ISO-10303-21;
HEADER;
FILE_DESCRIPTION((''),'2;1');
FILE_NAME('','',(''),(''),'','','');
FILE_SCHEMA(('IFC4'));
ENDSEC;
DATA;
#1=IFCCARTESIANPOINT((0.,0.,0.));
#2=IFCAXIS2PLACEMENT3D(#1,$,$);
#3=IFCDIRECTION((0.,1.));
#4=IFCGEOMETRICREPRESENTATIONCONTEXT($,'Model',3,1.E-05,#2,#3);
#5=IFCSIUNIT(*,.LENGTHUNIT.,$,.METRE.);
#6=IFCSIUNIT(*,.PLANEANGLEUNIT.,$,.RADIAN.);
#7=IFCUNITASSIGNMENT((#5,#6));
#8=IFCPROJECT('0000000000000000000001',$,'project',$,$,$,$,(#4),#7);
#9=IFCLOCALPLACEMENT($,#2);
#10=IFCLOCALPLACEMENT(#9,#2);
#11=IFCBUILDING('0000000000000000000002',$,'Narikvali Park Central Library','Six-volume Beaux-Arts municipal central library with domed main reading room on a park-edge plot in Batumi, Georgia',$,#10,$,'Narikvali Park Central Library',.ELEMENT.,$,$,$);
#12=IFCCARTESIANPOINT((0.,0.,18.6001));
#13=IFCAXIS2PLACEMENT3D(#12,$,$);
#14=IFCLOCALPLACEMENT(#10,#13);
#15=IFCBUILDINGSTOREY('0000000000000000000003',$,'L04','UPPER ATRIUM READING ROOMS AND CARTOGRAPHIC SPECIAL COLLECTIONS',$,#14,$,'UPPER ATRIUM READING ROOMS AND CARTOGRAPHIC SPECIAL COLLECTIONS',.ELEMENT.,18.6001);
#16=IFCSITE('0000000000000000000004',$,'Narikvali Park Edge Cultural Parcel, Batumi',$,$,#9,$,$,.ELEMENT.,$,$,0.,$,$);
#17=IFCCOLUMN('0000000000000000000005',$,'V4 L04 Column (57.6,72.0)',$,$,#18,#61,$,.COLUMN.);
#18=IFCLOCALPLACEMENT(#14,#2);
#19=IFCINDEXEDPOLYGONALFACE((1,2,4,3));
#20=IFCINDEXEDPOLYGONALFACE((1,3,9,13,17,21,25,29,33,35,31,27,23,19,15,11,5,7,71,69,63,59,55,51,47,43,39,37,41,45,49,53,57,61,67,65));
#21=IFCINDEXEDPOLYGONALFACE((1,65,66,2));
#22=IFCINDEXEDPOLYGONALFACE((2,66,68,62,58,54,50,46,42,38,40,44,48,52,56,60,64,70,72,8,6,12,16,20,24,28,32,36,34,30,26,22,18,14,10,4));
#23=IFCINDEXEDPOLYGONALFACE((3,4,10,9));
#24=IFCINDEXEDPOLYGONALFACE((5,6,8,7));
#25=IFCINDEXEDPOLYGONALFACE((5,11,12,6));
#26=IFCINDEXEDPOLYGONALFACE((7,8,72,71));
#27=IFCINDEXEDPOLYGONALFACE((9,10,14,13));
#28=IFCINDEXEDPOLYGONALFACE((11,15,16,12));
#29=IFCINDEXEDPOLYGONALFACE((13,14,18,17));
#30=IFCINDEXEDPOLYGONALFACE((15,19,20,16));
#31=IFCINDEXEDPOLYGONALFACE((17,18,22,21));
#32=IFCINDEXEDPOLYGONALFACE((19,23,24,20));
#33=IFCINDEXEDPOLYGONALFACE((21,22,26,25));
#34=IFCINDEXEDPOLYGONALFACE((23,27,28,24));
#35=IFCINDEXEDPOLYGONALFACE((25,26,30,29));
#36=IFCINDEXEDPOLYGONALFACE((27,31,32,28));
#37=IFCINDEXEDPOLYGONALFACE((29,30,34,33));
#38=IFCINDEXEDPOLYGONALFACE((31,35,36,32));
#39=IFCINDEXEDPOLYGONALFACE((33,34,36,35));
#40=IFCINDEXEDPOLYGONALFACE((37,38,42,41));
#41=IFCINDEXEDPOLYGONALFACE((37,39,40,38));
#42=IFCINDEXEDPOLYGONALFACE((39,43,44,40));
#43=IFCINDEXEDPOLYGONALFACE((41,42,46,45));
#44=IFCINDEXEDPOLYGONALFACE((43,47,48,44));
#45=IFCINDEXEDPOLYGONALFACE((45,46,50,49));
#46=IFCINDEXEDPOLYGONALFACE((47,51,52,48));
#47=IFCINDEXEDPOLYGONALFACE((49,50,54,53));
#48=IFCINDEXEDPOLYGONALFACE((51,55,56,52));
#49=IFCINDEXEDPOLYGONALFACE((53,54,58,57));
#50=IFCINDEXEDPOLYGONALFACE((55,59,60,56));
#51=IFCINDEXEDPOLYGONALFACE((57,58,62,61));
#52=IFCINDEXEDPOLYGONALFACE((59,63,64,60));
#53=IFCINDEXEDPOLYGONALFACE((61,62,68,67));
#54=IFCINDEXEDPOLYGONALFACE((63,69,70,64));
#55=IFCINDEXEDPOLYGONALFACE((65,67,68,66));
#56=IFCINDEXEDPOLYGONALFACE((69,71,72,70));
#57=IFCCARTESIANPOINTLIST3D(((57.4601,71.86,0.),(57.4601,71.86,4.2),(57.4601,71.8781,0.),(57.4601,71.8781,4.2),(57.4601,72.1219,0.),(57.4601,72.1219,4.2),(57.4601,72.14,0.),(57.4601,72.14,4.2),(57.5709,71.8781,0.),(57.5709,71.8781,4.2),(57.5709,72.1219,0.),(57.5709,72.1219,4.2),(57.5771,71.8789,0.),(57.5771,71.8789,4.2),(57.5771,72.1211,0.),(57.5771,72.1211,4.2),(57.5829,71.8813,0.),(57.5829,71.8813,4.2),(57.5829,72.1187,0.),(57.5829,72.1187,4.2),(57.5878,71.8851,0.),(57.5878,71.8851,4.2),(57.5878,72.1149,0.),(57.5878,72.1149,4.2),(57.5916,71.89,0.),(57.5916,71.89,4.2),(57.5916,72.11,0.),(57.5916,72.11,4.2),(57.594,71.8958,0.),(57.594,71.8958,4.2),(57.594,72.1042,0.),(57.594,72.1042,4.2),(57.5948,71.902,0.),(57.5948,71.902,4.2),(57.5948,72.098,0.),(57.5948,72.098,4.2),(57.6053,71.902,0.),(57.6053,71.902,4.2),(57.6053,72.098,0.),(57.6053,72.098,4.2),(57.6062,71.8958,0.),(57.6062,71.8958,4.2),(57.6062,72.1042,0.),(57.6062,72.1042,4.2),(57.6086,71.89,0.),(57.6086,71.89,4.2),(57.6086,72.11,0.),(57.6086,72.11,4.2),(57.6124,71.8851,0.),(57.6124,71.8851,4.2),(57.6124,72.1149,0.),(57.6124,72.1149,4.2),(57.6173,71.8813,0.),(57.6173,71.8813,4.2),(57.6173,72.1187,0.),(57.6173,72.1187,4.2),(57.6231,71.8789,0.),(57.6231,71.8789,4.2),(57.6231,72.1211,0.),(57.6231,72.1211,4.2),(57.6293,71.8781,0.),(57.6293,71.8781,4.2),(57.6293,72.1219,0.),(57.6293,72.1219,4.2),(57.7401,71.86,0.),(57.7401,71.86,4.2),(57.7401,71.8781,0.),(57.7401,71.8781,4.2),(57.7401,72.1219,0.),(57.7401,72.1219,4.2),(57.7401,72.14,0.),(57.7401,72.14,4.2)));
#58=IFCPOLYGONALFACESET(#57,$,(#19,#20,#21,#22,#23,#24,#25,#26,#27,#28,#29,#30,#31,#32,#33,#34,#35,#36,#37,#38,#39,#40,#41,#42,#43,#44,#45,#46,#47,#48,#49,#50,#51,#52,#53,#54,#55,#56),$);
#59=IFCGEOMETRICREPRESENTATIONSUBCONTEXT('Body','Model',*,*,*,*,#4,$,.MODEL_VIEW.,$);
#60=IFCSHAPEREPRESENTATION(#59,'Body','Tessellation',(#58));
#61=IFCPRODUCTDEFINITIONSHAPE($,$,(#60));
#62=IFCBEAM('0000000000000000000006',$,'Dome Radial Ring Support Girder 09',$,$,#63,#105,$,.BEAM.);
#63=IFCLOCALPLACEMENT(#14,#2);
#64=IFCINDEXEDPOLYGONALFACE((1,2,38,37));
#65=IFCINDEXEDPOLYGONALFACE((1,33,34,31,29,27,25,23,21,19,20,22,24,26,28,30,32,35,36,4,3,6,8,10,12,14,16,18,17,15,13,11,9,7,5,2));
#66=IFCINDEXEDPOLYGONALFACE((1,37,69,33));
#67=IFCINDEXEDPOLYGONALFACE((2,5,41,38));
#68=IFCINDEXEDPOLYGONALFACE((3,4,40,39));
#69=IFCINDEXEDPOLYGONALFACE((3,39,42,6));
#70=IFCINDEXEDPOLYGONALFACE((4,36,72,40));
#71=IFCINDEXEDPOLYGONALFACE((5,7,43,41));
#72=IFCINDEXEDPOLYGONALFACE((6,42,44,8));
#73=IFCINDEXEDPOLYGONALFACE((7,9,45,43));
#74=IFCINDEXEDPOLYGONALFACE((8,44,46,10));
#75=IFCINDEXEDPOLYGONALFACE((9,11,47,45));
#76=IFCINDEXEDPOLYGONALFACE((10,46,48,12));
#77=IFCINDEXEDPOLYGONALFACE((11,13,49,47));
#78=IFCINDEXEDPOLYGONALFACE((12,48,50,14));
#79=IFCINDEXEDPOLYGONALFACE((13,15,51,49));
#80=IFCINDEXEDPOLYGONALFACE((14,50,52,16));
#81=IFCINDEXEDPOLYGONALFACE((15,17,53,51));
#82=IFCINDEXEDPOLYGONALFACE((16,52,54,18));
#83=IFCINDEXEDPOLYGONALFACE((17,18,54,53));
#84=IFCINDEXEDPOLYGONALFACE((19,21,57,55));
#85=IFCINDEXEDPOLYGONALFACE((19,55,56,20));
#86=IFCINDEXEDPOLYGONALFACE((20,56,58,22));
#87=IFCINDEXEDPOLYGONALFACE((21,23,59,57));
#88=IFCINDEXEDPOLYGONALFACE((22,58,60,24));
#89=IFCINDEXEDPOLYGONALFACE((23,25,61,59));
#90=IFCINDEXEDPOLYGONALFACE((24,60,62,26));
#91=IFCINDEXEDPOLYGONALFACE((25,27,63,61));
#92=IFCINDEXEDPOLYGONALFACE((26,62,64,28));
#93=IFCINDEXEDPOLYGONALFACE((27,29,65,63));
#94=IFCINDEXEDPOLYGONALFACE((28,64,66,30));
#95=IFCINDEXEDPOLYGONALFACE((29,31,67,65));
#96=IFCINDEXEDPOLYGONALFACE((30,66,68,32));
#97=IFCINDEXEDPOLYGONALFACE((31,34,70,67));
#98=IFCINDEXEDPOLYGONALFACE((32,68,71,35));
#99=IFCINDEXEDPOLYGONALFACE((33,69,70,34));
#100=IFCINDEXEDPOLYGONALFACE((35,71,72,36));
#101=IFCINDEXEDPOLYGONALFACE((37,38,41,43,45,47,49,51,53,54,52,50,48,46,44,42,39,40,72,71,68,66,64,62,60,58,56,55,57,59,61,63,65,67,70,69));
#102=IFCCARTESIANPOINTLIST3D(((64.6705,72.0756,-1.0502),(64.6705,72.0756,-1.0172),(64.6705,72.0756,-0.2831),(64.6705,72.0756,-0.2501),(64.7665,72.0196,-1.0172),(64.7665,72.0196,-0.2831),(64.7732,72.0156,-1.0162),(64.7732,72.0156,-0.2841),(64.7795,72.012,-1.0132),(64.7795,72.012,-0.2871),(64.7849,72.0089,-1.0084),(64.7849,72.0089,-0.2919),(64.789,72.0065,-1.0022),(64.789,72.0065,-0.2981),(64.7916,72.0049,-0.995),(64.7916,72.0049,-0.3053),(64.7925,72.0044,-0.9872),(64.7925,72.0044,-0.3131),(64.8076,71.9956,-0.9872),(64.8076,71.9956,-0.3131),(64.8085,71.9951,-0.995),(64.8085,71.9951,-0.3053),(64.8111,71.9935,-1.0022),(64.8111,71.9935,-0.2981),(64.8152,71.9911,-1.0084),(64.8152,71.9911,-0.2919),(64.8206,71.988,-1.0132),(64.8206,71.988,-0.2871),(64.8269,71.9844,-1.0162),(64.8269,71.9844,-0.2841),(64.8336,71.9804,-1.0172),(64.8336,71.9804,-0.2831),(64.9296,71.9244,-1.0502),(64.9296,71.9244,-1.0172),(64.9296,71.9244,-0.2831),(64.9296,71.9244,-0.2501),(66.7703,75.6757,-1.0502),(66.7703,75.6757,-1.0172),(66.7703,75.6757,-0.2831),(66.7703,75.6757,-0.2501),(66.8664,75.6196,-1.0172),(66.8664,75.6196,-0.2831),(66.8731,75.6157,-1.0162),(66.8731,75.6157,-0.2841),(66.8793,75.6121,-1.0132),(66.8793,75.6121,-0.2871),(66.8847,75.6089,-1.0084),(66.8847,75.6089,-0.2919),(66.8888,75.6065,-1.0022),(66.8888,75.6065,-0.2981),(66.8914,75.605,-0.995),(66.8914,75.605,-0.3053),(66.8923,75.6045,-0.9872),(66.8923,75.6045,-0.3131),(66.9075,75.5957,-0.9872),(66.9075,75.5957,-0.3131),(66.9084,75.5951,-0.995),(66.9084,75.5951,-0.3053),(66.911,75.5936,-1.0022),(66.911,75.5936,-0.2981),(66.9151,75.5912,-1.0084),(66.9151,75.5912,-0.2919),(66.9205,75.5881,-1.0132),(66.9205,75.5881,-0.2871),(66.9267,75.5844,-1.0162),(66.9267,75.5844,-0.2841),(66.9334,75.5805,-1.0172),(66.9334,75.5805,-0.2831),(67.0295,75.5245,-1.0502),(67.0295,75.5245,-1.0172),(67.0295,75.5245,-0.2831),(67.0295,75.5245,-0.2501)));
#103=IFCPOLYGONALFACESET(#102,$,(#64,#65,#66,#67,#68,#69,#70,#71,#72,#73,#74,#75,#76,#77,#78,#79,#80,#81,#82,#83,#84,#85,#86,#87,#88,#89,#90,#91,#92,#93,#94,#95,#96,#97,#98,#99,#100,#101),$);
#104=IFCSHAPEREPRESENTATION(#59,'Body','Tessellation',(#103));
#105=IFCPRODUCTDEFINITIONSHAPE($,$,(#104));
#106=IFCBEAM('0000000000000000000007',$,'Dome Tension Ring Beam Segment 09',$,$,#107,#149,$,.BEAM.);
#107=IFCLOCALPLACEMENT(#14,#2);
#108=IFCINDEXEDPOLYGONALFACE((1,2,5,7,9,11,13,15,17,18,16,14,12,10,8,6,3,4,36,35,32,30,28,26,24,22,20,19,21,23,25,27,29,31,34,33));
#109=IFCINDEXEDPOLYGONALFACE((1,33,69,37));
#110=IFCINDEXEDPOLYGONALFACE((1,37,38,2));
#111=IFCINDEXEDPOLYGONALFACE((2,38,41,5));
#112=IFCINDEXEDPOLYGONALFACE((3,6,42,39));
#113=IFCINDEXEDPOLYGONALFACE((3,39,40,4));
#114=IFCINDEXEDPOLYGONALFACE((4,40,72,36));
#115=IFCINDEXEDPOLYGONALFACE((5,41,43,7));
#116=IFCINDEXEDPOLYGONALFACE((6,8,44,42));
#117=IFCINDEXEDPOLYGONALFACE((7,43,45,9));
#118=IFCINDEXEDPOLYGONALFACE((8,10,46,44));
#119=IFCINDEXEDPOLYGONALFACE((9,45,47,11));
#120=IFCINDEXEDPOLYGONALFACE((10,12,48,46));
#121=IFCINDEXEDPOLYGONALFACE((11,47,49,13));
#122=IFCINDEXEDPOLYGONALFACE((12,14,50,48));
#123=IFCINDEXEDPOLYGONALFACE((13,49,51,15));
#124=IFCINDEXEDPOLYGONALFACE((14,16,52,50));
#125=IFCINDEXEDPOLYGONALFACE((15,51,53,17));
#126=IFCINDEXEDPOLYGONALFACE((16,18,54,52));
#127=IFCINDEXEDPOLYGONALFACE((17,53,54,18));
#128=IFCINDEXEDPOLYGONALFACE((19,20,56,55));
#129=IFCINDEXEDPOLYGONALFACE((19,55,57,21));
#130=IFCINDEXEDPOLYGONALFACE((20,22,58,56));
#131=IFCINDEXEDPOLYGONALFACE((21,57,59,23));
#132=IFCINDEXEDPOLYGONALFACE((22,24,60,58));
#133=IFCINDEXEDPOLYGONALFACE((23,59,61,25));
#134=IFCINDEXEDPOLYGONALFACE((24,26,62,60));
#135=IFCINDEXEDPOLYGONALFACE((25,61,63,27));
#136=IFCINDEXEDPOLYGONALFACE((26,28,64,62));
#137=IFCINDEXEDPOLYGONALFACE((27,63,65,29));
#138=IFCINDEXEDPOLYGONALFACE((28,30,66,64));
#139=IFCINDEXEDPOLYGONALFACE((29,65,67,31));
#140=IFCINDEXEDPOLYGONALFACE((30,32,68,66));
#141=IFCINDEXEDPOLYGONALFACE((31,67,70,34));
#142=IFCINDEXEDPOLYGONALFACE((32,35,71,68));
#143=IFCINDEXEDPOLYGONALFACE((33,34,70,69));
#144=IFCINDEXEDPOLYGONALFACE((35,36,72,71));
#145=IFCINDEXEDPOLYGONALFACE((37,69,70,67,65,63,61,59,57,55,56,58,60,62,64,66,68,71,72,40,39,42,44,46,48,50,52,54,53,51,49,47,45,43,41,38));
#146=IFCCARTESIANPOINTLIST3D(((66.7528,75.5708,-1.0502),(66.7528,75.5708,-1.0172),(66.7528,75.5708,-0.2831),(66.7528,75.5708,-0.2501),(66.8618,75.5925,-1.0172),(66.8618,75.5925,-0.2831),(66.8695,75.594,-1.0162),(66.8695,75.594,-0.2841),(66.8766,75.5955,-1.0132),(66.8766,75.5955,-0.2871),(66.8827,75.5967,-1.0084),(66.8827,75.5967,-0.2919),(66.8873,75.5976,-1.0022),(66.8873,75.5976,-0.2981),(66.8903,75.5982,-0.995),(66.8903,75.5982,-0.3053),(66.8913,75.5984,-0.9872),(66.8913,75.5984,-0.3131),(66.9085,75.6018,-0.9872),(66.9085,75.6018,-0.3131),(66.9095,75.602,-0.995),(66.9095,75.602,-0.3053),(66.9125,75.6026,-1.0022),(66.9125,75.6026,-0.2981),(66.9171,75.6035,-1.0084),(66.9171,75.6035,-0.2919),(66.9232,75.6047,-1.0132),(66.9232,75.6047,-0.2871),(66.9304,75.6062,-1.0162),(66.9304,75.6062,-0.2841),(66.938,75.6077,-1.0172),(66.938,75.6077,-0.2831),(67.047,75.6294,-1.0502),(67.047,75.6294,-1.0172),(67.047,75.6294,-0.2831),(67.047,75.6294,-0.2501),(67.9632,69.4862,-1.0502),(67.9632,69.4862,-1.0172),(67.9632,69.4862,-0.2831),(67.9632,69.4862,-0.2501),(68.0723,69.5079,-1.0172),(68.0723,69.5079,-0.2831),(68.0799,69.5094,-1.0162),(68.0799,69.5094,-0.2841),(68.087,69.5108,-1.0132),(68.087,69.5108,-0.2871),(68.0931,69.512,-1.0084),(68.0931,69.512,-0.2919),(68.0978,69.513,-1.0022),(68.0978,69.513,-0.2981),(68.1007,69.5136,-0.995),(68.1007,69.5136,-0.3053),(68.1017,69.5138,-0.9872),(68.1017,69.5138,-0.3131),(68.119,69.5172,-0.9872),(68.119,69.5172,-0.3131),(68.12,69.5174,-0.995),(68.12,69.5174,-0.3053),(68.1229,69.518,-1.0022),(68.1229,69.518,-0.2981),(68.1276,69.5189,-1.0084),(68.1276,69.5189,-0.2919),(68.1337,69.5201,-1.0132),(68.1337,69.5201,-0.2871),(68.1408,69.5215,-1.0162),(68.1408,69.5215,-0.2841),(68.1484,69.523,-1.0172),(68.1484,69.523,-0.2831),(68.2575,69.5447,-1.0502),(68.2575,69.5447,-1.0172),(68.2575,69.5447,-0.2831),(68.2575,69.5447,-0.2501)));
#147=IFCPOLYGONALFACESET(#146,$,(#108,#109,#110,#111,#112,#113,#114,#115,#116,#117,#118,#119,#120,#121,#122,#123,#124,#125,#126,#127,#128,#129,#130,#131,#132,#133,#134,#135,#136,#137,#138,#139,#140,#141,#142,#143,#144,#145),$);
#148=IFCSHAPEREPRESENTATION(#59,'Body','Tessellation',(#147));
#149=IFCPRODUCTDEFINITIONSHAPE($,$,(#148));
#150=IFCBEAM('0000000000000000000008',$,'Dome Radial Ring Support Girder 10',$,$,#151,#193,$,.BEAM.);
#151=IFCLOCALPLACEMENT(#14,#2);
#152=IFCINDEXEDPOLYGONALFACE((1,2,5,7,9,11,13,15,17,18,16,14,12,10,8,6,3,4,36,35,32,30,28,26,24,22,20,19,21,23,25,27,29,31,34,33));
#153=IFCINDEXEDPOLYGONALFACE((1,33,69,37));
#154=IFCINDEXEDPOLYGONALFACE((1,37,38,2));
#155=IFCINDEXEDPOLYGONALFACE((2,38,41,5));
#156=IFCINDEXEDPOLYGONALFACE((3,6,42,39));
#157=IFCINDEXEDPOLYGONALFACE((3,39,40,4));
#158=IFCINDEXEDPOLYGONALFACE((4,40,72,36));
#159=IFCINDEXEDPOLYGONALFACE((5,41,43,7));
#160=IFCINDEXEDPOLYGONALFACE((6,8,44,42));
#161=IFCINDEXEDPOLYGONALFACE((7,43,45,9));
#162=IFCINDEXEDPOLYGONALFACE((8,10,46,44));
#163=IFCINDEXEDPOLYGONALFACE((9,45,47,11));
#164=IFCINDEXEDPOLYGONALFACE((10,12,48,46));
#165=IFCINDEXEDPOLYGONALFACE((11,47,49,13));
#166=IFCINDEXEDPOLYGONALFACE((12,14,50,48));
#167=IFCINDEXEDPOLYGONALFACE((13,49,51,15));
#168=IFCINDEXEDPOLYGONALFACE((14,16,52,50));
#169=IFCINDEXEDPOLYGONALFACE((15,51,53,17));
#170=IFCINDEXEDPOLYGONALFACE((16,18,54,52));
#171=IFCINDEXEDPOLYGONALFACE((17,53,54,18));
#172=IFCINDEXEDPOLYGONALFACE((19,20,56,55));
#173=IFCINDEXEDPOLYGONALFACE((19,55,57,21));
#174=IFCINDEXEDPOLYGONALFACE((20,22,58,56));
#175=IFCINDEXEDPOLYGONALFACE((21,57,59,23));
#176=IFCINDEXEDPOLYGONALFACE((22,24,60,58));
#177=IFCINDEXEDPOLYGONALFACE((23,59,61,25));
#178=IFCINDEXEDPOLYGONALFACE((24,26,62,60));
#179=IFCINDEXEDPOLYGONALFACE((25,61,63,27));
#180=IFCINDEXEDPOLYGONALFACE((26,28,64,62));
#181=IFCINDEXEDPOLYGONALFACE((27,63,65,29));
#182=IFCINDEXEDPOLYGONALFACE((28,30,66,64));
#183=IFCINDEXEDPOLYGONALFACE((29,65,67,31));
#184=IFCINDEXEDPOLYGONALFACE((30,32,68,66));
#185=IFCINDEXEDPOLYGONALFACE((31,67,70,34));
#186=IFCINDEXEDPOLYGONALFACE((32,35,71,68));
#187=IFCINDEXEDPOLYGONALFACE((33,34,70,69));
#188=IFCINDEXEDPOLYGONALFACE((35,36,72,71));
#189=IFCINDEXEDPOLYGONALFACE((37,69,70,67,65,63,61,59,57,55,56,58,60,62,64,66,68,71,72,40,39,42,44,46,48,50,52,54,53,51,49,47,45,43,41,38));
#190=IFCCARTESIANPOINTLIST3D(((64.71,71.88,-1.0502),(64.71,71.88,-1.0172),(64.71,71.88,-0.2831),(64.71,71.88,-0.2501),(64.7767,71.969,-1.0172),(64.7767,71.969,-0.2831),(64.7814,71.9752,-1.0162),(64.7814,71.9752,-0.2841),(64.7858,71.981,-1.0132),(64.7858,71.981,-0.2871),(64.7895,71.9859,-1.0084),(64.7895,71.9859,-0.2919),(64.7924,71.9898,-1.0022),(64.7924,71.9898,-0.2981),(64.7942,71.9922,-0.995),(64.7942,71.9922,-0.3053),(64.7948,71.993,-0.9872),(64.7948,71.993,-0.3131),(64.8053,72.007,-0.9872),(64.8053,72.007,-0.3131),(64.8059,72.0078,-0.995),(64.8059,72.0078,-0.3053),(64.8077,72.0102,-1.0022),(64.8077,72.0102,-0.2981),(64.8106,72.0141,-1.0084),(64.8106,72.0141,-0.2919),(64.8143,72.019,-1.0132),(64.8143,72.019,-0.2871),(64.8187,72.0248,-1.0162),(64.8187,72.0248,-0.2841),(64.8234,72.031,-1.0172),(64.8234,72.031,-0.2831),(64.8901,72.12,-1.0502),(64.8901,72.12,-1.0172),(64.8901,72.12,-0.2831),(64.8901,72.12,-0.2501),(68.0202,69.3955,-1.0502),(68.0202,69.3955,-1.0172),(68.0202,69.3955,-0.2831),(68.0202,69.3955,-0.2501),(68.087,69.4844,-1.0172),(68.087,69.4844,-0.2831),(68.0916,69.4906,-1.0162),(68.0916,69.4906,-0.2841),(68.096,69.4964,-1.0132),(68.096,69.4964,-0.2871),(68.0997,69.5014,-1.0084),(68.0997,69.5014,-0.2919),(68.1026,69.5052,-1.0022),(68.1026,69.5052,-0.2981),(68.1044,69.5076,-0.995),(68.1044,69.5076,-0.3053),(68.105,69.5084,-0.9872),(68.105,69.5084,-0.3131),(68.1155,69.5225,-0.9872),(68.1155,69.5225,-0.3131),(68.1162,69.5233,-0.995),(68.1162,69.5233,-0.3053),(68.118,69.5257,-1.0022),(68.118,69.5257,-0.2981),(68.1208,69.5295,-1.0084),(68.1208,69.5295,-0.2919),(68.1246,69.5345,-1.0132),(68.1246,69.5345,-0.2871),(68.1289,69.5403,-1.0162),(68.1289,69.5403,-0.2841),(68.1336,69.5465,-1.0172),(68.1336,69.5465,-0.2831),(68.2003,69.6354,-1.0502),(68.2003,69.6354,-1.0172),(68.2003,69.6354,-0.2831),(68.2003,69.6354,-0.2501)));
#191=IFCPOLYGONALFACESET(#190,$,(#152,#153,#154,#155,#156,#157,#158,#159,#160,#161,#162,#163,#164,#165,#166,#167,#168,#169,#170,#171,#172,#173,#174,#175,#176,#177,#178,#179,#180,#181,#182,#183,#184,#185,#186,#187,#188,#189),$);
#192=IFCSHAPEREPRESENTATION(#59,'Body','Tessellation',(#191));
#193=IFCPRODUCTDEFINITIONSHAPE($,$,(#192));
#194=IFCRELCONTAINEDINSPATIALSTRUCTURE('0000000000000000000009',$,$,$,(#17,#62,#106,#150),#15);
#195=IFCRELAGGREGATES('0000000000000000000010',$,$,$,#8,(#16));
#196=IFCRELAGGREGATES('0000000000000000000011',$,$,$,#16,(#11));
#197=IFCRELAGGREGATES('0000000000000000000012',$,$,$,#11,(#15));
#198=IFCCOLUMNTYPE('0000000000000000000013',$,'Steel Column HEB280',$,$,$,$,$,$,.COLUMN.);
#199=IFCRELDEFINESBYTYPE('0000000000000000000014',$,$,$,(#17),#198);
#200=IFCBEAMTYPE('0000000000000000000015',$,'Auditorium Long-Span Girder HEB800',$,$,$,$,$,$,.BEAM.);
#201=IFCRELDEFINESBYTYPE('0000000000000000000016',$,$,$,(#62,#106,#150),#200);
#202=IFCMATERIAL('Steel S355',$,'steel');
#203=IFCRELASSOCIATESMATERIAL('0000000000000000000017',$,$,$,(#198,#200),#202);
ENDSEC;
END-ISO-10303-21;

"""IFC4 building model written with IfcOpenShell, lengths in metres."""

from ifc_helpers import new_model, si_unit, direction, frame, origin, origin_2d, place, context, subcontext, project, spatial, i_section, extrude, material, material_profile, profile_set, type_object, element, save


model = new_model("IFC4")

# Units and contexts
model_context = context("Model", 3, precision=1e-05, world=origin(), true_north=direction((0.0, 1.0)))
body_context = subcontext(model_context, "Body", "Model", "MODEL_VIEW")
ifc_project = project(units=[si_unit("LENGTHUNIT", "METRE"), si_unit("PLANEANGLEUNIT", "RADIAN")], contexts=[model_context])

# Site, building, storey
site_placement = place(None, origin())
site = spatial("IfcSite", under=ifc_project, at=site_placement, Name="Narikvali Park Edge Cultural Parcel, Batumi", CompositionType="ELEMENT", RefElevation=0.0)
building_placement = place(site_placement, origin())
building = spatial("IfcBuilding", under=site, at=building_placement, Name="Narikvali Park Central Library", Description="Six-volume Beaux-Arts municipal central library with domed main reading room on a park-edge plot in Batumi, Georgia", LongName="Narikvali Park Central Library", CompositionType="ELEMENT")
storey_placement = place(building_placement, frame((0.0, 0.0, 18.6001)))
storey = spatial("IfcBuildingStorey", under=building, at=storey_placement, Name="L04", Description="UPPER ATRIUM READING ROOMS AND CARTOGRAPHIC SPECIAL COLLECTIONS", LongName="UPPER ATRIUM READING ROOMS AND CARTOGRAPHIC SPECIAL COLLECTIONS", CompositionType="ELEMENT", Elevation=18.6001)

# Column
ifc_material_1 = material(Name="Steel S355", Category="steel")
ifc_material_profile_1 = material_profile(ifc_material_1, i_section(OverallWidth=0.28, OverallDepth=0.28, WebThickness=0.0105, FlangeThickness=0.0181, FilletRadius=0.0239, at=origin_2d()), Name="HEB 280")
ifc_profile_set_1 = profile_set([ifc_material_profile_1], Name="Steel S355")
column_type = type_object("IfcColumnType", Name="Steel Column HEB280", PredefinedType="COLUMN", material=ifc_profile_set_1)
column_placement = place(storey_placement, frame((57.6001, 72.0, 0.0), z_axis=(0.0, 0.0, 1.0), x_axis=(1.0, 0.0, 0.0)))
element("IfcColumn", 1, at=column_placement, inside=storey, type_object=column_type, Name="V4 L04 Column (57.6,72.0)", PredefinedType="COLUMN", context=body_context, shape_type="SweptSolid", body=[
    extrude(i_section(OverallWidth=0.28, OverallDepth=0.28, WebThickness=0.0105, FlangeThickness=0.0181, FilletRadius=0.0239, at=origin_2d()), origin(), (0.0, 0.0, 1.0), 4.2),
])

# Beams
ifc_material_profile_2 = material_profile(ifc_material_1, i_section(OverallWidth=0.3, OverallDepth=0.8, WebThickness=0.0176, FlangeThickness=0.033, FilletRadius=0.03, at=origin_2d()), Name="HEB 800")
ifc_profile_set_2 = profile_set([ifc_material_profile_2], Name="Steel S355")
beam_type_1 = type_object("IfcBeamType", Name="Auditorium Long-Span Girder HEB800", PredefinedType="BEAM", material=ifc_profile_set_2)
beam_1_placement = place(storey_placement, frame((64.8, 72.0, -0.6501), z_axis=(0.503835, 0.8638, 0.0), x_axis=(-0.8638, 0.503835, 0.0)))
element("IfcBeam", 2, at=beam_1_placement, inside=storey, type_object=beam_type_1, Name="Dome Radial Ring Support Girder 09", PredefinedType="BEAM", context=body_context, shape_type="SweptSolid", body=[
    extrude(i_section(OverallWidth=0.3, OverallDepth=0.8, WebThickness=0.0176, FlangeThickness=0.033, FilletRadius=0.03, at=origin_2d()), origin(), (0.0, 0.0, 1.0), 4.1677),
])
beam_2_placement = place(storey_placement, frame((66.8999, 75.6001, -0.6501), z_axis=(0.19511, -0.980781, 0.0), x_axis=(0.980781, 0.19511, 0.0)))
element("IfcBeam", 3, at=beam_2_placement, inside=storey, type_object=beam_type_1, Name="Dome Tension Ring Beam Segment 09", PredefinedType="BEAM", context=body_context, shape_type="SweptSolid", body=[
    extrude(i_section(OverallWidth=0.3, OverallDepth=0.8, WebThickness=0.0176, FlangeThickness=0.033, FilletRadius=0.03, at=origin_2d()), origin(), (0.0, 0.0, 1.0), 6.2039),
])
beam_3_placement = place(storey_placement, frame((64.8, 72.0, -0.6501), z_axis=(0.799781, -0.600293, 0.0), x_axis=(0.600293, 0.799781, 0.0)))
element("IfcBeam", 4, at=beam_3_placement, inside=storey, type_object=beam_type_1, Name="Dome Radial Ring Support Girder 10", PredefinedType="BEAM", context=body_context, shape_type="SweptSolid", body=[
    extrude(i_section(OverallWidth=0.3, OverallDepth=0.8, WebThickness=0.0176, FlangeThickness=0.033, FilletRadius=0.03, at=origin_2d()), origin(), (0.0, 0.0, 1.0), 4.1389),
])

save(model, "model.ifc")
